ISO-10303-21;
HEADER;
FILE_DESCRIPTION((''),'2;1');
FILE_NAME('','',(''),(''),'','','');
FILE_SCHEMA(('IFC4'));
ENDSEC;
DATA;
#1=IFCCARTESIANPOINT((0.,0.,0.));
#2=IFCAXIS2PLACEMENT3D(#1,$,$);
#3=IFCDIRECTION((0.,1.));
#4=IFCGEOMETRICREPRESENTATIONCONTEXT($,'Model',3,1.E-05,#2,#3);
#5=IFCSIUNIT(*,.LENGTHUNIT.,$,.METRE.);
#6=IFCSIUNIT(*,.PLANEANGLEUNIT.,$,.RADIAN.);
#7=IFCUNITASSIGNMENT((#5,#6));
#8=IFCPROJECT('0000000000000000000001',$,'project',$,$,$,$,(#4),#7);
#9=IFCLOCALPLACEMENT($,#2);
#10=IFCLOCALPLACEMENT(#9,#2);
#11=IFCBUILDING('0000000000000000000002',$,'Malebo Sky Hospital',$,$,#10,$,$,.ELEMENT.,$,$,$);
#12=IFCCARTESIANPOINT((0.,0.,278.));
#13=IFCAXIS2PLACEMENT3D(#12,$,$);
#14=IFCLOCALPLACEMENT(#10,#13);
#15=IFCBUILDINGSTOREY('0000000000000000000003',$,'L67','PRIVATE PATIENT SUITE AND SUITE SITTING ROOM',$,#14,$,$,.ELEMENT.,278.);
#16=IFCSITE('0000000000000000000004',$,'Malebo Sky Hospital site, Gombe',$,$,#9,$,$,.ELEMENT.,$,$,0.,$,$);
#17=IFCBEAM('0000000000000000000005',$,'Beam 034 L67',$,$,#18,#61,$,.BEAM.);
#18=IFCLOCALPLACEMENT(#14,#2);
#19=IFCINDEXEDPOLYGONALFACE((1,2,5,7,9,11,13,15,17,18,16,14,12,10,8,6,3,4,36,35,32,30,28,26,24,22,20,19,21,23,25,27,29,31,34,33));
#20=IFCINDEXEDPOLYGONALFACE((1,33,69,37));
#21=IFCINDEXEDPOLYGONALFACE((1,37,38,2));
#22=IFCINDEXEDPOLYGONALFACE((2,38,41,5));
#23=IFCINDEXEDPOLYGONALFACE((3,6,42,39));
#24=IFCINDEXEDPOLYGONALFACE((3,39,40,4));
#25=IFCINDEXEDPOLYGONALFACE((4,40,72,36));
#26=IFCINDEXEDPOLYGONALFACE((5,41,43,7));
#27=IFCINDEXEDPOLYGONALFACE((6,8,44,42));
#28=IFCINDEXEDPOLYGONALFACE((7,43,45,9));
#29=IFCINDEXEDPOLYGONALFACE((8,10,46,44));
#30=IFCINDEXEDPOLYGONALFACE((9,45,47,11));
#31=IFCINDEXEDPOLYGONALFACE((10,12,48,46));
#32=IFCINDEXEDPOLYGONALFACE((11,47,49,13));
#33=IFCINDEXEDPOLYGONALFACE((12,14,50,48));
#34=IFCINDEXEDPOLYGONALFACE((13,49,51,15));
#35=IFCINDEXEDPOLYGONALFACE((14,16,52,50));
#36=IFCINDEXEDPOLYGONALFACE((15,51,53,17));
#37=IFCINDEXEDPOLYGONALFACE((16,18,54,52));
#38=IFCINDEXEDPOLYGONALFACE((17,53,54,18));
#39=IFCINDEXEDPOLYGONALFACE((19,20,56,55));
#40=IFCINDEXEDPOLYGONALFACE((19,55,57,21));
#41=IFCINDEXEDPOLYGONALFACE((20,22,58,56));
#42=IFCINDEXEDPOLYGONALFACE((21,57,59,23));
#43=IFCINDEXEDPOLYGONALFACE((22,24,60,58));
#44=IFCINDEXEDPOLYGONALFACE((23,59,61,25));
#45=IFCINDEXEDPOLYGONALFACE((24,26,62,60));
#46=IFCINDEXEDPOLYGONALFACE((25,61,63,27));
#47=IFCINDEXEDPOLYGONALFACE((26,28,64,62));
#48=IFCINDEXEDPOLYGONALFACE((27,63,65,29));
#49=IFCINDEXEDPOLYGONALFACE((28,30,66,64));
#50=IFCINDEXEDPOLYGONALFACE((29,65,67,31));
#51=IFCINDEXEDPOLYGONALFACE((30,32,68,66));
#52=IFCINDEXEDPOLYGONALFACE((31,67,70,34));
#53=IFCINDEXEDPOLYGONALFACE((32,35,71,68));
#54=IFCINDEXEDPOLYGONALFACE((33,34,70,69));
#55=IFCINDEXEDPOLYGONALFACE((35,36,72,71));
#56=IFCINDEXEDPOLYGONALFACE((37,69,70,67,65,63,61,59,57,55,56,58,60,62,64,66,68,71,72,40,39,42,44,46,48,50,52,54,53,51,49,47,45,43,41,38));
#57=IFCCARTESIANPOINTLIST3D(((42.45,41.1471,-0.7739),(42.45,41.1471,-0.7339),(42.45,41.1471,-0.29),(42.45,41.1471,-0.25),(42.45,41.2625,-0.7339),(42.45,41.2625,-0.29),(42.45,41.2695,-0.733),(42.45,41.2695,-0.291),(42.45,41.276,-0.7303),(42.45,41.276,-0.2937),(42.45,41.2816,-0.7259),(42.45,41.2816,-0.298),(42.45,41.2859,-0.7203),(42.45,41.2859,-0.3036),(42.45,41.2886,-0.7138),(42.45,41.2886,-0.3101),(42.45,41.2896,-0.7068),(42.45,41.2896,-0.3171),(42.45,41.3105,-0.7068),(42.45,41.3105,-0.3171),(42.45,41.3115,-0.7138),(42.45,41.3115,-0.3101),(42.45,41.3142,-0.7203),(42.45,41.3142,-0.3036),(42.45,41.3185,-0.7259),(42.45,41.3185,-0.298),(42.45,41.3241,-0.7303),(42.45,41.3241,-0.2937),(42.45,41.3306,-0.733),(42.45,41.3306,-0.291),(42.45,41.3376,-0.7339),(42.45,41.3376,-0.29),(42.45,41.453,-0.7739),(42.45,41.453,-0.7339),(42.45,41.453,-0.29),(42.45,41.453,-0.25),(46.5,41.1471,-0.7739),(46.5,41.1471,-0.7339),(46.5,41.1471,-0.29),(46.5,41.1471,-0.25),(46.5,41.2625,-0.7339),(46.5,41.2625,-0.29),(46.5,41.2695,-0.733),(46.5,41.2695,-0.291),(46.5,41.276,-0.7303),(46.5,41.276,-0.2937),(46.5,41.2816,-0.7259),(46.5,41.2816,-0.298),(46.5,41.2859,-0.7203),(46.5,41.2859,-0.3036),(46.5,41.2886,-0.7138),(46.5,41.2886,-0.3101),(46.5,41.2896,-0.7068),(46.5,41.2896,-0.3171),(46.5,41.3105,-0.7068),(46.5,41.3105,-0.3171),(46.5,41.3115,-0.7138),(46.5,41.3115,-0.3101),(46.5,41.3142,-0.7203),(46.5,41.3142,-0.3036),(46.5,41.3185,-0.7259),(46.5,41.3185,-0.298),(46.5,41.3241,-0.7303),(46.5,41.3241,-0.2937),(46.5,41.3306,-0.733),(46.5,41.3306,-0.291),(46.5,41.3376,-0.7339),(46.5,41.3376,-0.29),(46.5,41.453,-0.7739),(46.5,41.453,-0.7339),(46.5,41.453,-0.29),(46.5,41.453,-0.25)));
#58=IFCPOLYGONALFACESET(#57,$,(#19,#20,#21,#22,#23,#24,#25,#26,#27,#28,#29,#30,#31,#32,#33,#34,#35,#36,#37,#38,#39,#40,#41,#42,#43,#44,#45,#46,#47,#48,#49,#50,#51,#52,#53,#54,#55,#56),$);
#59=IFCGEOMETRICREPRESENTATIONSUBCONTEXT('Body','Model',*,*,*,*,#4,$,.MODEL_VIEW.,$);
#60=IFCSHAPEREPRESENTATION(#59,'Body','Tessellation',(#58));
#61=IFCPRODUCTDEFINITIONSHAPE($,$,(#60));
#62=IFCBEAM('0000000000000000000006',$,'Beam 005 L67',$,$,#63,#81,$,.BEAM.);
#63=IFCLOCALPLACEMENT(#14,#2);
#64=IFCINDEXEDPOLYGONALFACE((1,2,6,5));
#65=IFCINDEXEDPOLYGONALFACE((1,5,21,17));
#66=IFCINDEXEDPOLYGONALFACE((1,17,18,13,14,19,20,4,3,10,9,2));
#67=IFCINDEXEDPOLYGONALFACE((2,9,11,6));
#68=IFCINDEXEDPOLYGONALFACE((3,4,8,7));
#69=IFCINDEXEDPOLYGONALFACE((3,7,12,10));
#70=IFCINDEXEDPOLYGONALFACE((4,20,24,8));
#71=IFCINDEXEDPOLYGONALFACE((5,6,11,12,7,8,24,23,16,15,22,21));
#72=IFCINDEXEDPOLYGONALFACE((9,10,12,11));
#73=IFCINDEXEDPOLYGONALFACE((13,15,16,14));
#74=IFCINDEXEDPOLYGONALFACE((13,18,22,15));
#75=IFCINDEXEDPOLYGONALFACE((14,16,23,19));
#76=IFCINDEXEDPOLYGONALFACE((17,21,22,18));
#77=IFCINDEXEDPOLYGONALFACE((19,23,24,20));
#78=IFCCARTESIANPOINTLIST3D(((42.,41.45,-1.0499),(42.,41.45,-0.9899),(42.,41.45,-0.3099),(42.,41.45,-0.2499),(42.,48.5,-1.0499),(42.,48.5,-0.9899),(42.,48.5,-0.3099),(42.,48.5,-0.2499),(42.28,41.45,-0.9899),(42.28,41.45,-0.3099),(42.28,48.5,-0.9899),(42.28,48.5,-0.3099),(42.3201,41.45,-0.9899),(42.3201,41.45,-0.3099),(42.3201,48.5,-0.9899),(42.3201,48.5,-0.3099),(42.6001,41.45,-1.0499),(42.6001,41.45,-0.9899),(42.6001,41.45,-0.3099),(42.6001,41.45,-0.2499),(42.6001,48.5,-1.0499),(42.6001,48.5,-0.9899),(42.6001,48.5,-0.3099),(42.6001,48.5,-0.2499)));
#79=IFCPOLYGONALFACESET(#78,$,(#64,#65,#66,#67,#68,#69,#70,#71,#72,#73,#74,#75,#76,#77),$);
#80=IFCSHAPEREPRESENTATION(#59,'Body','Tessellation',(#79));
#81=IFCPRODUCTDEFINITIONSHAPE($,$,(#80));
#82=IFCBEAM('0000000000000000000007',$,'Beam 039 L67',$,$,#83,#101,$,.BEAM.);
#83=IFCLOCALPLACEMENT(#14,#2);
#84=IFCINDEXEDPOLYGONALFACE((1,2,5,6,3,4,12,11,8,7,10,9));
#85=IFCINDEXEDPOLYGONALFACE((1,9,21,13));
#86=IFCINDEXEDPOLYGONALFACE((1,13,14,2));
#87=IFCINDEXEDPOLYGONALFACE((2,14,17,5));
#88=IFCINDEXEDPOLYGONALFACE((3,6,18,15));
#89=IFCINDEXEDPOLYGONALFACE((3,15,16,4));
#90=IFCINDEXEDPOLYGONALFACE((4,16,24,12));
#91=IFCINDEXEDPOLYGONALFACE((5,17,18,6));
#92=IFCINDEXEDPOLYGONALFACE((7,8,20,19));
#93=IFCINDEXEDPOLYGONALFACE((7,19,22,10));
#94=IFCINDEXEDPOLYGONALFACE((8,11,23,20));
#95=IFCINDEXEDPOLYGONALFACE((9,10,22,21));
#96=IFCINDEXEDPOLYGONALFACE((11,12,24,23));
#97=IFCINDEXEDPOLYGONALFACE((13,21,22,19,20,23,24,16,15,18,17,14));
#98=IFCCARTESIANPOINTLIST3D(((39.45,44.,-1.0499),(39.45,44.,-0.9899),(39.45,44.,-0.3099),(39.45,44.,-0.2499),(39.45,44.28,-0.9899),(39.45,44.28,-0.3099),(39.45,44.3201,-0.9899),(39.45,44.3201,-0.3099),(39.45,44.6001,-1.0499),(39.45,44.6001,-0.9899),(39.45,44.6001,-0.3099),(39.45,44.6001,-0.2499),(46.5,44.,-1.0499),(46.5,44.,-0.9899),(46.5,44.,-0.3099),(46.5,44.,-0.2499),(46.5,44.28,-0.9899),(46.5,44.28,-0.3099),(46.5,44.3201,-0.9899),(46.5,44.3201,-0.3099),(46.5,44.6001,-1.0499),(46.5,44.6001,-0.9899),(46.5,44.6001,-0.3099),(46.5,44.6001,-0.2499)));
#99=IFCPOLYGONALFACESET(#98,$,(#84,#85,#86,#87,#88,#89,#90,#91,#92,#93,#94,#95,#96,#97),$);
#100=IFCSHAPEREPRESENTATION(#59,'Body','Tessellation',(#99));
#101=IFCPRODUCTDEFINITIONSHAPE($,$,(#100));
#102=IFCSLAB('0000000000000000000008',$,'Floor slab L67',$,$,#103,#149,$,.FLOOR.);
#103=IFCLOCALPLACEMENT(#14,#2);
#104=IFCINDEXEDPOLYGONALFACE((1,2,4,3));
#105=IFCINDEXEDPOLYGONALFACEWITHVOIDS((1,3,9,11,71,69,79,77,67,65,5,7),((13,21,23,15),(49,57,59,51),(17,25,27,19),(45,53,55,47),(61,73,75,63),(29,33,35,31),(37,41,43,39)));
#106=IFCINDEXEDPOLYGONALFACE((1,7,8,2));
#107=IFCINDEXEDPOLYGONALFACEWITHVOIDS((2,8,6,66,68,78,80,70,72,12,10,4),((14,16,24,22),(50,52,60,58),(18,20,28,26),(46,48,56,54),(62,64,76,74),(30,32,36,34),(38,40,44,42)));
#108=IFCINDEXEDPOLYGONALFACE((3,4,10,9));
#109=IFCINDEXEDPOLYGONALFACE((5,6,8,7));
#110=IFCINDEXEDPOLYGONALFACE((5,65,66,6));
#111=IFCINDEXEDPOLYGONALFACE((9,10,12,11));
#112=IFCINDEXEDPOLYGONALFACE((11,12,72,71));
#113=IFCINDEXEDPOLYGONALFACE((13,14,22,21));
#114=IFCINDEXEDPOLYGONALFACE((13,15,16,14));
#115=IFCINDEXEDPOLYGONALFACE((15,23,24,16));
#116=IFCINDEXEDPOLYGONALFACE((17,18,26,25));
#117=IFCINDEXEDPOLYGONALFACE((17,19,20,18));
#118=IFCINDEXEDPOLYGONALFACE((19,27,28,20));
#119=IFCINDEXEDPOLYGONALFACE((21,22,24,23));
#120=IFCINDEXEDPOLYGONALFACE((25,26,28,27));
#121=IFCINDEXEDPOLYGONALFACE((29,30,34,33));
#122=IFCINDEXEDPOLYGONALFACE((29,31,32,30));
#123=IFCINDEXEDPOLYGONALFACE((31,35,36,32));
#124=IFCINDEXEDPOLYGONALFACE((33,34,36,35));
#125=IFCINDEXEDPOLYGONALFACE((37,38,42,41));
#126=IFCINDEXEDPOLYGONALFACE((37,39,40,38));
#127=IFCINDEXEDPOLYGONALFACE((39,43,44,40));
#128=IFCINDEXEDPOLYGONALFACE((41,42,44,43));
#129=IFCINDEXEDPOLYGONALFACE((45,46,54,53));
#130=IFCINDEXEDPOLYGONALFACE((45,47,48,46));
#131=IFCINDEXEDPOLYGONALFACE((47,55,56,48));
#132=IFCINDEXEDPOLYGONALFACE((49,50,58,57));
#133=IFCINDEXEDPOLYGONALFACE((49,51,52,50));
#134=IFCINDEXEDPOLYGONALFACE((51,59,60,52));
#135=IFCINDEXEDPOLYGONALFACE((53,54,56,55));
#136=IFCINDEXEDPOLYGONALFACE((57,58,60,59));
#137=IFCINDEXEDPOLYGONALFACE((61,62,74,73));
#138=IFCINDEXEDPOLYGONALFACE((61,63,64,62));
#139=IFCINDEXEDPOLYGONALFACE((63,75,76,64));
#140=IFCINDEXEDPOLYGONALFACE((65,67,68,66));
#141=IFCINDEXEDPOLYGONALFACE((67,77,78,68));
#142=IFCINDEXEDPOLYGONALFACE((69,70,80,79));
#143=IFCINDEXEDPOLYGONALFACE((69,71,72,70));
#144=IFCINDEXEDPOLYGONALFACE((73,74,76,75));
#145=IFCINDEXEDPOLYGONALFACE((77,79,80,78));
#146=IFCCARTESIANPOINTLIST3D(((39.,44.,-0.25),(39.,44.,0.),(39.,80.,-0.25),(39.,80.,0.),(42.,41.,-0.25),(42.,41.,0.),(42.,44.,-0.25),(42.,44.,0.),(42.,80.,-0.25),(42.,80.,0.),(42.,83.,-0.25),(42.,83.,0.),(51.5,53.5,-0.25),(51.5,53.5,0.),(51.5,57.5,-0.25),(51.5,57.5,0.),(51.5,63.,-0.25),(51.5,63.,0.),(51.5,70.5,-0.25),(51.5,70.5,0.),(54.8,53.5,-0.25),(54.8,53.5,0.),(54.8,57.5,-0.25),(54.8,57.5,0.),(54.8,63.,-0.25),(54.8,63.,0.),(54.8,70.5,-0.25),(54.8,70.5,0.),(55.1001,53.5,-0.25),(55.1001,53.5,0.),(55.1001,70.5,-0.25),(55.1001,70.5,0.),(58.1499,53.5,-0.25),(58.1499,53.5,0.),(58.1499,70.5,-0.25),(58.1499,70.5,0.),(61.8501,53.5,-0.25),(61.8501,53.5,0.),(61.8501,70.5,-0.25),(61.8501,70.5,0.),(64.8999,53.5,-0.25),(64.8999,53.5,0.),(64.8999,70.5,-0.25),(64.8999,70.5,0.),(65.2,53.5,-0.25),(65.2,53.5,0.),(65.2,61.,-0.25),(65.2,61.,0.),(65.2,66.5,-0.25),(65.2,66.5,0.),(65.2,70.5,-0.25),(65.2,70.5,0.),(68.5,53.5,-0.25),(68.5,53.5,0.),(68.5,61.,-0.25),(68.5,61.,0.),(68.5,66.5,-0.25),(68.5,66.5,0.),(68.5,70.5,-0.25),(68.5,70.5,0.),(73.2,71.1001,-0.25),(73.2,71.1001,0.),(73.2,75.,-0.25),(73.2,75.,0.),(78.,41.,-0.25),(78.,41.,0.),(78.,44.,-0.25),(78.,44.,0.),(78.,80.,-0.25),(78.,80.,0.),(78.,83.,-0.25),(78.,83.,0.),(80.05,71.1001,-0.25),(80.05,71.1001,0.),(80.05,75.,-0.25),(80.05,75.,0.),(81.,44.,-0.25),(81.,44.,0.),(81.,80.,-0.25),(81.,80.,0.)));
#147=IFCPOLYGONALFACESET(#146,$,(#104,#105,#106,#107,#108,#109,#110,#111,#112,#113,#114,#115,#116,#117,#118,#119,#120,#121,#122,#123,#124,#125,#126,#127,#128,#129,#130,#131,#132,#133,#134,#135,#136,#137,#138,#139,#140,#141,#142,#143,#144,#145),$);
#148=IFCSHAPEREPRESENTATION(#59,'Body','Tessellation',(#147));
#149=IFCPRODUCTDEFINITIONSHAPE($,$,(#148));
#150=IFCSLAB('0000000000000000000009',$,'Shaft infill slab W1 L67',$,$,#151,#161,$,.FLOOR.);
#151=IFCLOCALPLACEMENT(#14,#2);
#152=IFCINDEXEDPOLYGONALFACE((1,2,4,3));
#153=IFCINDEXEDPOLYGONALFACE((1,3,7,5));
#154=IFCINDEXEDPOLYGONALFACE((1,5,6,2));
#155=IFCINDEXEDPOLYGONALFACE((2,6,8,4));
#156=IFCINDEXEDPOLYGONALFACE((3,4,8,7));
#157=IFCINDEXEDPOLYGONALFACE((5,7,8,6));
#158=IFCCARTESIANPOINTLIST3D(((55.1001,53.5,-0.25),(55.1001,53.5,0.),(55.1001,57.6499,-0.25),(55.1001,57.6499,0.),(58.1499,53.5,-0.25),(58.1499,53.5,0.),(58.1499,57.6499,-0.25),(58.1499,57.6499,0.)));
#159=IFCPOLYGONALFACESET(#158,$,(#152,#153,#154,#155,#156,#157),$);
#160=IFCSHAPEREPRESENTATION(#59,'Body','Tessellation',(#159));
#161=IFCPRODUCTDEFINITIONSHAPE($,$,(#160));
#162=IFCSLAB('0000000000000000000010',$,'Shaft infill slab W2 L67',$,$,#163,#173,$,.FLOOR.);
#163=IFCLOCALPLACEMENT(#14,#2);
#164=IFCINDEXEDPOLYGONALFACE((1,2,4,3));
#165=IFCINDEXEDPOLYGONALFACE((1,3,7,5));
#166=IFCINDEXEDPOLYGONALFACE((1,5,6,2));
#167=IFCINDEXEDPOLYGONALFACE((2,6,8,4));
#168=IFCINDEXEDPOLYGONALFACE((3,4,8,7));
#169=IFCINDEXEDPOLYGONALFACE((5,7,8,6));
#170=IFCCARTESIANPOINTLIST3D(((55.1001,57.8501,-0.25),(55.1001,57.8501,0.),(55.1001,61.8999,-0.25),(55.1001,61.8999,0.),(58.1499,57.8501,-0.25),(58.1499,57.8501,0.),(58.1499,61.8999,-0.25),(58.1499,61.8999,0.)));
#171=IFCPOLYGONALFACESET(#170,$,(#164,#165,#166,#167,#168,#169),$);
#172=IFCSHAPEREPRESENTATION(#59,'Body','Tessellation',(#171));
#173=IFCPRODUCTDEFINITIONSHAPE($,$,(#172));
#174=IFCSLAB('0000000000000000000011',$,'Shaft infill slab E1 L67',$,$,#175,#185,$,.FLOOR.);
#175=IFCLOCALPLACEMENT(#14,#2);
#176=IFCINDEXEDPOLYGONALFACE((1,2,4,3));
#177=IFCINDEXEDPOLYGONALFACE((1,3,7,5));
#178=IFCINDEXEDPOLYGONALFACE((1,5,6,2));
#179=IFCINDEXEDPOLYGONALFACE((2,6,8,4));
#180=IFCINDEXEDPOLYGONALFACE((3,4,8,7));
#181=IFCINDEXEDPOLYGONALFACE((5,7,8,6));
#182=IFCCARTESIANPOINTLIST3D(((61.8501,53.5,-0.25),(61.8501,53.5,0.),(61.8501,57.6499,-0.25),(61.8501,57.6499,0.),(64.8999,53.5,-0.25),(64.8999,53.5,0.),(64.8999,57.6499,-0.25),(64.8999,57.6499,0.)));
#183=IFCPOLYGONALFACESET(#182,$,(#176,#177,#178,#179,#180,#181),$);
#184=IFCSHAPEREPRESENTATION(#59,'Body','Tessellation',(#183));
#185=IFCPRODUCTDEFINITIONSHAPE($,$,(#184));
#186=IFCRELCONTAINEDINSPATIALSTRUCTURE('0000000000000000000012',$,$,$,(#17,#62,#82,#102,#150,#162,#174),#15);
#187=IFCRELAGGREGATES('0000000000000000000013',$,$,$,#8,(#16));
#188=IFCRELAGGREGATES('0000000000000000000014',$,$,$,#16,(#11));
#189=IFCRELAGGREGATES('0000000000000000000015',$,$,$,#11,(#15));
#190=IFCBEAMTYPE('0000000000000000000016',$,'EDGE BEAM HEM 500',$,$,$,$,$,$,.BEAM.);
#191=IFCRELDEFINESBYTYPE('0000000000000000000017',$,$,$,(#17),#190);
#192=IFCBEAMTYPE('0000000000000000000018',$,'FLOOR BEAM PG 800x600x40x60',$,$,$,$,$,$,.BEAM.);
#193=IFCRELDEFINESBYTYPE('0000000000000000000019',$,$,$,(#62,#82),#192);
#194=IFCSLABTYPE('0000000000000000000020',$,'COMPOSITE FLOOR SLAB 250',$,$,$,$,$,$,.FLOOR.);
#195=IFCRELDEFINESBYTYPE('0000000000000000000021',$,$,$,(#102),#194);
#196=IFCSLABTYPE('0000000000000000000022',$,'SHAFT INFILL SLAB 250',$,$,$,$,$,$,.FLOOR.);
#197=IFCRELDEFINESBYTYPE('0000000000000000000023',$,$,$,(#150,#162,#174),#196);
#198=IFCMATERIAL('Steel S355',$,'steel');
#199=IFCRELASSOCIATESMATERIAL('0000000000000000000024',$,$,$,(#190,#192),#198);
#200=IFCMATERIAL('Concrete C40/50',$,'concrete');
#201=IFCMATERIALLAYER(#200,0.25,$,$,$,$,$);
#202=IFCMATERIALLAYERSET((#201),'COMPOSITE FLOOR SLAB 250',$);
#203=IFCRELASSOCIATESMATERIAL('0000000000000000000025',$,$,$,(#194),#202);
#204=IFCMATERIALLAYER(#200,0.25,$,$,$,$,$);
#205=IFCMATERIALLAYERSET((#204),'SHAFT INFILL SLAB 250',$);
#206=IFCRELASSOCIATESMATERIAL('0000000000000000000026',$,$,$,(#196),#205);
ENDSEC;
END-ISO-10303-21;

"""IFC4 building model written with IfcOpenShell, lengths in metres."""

from ifc_helpers import new_model, si_unit, direction, frame, origin, origin_2d, place, context, subcontext, project, spatial, polyline, i_section, outline, extrude, material, layer, layer_set, material_profile, profile_set, type_object, element, save


model = new_model("IFC4")

# Units and contexts
model_context = context("Model", 3, precision=1e-05, world=origin(), true_north=direction((0.0, 1.0)))
body_context = subcontext(model_context, "Body", "Model", "MODEL_VIEW")
ifc_project = project(units=[si_unit("LENGTHUNIT", "METRE"), si_unit("PLANEANGLEUNIT", "RADIAN")], contexts=[model_context])

# Site, building, storey
site_placement = place(None, origin())
site = spatial("IfcSite", under=ifc_project, at=site_placement, Name="Malebo Sky Hospital site, Gombe", CompositionType="ELEMENT", RefElevation=0.0)
building_placement = place(site_placement, origin())
building = spatial("IfcBuilding", under=site, at=building_placement, Name="Malebo Sky Hospital", CompositionType="ELEMENT")
storey_placement = place(building_placement, frame((0.0, 0.0, 278.0)))
storey = spatial("IfcBuildingStorey", under=building, at=storey_placement, Name="L67", Description="PRIVATE PATIENT SUITE AND SUITE SITTING ROOM", CompositionType="ELEMENT", Elevation=278.0)

# Beams
ifc_material_1 = material(Name="Steel S355", Category="steel")
ifc_material_profile_1 = material_profile(ifc_material_1, i_section(OverallWidth=0.3059, OverallDepth=0.5239, WebThickness=0.021, FlangeThickness=0.04, FilletRadius=0.0271, at=origin_2d()), Name="HEM 500")
ifc_profile_set_1 = profile_set([ifc_material_profile_1], Name="Steel S355")
beam_type_1 = type_object("IfcBeamType", Name="EDGE BEAM HEM 500", PredefinedType="BEAM", material=ifc_profile_set_1)
for number, where, z_axis, x_axis, name in (
    (1, (42.45, 41.3, -0.512), (1.0, 0.0, 0.0), (0.0, 1.0, 0.0), "Beam 034 L67"),
):
    element("IfcBeam", number, at=place(storey_placement, frame(where, z_axis=z_axis, x_axis=x_axis)), inside=storey, type_object=beam_type_1, Name=name, PredefinedType="BEAM", context=body_context, shape_type="SweptSolid", body=[
        extrude(i_section(OverallWidth=0.3059, OverallDepth=0.5239, WebThickness=0.021, FlangeThickness=0.04, FilletRadius=0.0271, at=origin_2d()), origin(), (0.0, 0.0, 1.0), 4.05),
    ])
ifc_material_profile_2 = material_profile(ifc_material_1, i_section(OverallWidth=0.6001, OverallDepth=0.8, WebThickness=0.04, FlangeThickness=0.0601, at=origin_2d()), Name="PG 800x600x40x60")
ifc_profile_set_2 = profile_set([ifc_material_profile_2], Name="Steel S355")
beam_type_2 = type_object("IfcBeamType", Name="FLOOR BEAM PG 800x600x40x60", PredefinedType="BEAM", material=ifc_profile_set_2)
for number, where, z_axis, x_axis, name in (
    (2, (42.3, 41.45, -0.6499), (0.0, 1.0, 0.0), (-1.0, 0.0, 0.0), "Beam 005 L67"),
    (3, (39.45, 44.3, -0.6499), (1.0, 0.0, 0.0), (0.0, 1.0, 0.0), "Beam 039 L67"),
):
    element("IfcBeam", number, at=place(storey_placement, frame(where, z_axis=z_axis, x_axis=x_axis)), inside=storey, type_object=beam_type_2, Name=name, PredefinedType="BEAM", context=body_context, shape_type="SweptSolid", body=[
        extrude(i_section(OverallWidth=0.6001, OverallDepth=0.8, WebThickness=0.04, FlangeThickness=0.0601, at=origin_2d()), origin(), (0.0, 0.0, 1.0), 7.05),
    ])

# Slabs
ifc_material_2 = material(Name="Concrete C40/50", Category="concrete")
ifc_layer_1 = layer(ifc_material_2, 0.25)
ifc_layer_set_1 = layer_set([ifc_layer_1], Name="COMPOSITE FLOOR SLAB 250")
slab_type_1 = type_object("IfcSlabType", Name="COMPOSITE FLOOR SLAB 250", PredefinedType="FLOOR", material=ifc_layer_set_1)
slab_1_placement = place(storey_placement, frame((0.0, 0.0, -0.25)))
element("IfcSlab", 4, at=slab_1_placement, inside=storey, type_object=slab_type_1, Name="Floor slab L67", PredefinedType="FLOOR", context=body_context, shape_type="SweptSolid", body=[
    extrude(outline(polyline([(42.0, 83.0), (42.0, 80.0), (39.0, 80.0), (39.0, 44.0), (42.0, 44.0), (42.0, 41.0), (78.0, 41.0), (78.0, 44.0), (81.0, 44.0), (81.0, 80.0), (78.0, 80.0), (78.0, 83.0), (42.0, 83.0)]), holes=[polyline([(55.1001, 70.5), (58.1499, 70.5), (58.1499, 53.5), (55.1001, 53.5), (55.1001, 70.5)]), polyline([(64.8999, 70.5), (64.8999, 53.5), (61.8501, 53.5), (61.8501, 70.5), (64.8999, 70.5)]), polyline([(54.8, 63.0), (51.5, 63.0), (51.5, 70.5), (54.8, 70.5), (54.8, 63.0)]), polyline([(51.5, 53.5), (51.5, 57.5), (54.8, 57.5), (54.8, 53.5), (51.5, 53.5)]), polyline([(65.2, 61.0), (68.5, 61.0), (68.5, 53.5), (65.2, 53.5), (65.2, 61.0)]), polyline([(68.5, 70.5), (68.5, 66.5), (65.2, 66.5), (65.2, 70.5), (68.5, 70.5)]), polyline([(80.05, 71.1001), (73.2, 71.1001), (73.2, 75.0), (80.05, 75.0), (80.05, 71.1001)])]), origin(), (0.0, 0.0, 1.0), 0.25),
])
ifc_layer_2 = layer(ifc_material_2, 0.25)
ifc_layer_set_2 = layer_set([ifc_layer_2], Name="SHAFT INFILL SLAB 250")
slab_type_2 = type_object("IfcSlabType", Name="SHAFT INFILL SLAB 250", PredefinedType="FLOOR", material=ifc_layer_set_2)
slab_2_placement = place(storey_placement, frame((0.0, 0.0, -0.25)))
element("IfcSlab", 5, at=slab_2_placement, inside=storey, type_object=slab_type_2, Name="Shaft infill slab W1 L67", PredefinedType="FLOOR", context=body_context, shape_type="SweptSolid", body=[
    extrude(outline(polyline([(55.1001, 53.5), (58.1499, 53.5), (58.1499, 57.6499), (55.1001, 57.6499), (55.1001, 53.5)])), origin(), (0.0, 0.0, 1.0), 0.25),
])
slab_3_placement = place(storey_placement, frame((0.0, 0.0, -0.25)))
element("IfcSlab", 6, at=slab_3_placement, inside=storey, type_object=slab_type_2, Name="Shaft infill slab W2 L67", PredefinedType="FLOOR", context=body_context, shape_type="SweptSolid", body=[
    extrude(outline(polyline([(55.1001, 57.8501), (58.1499, 57.8501), (58.1499, 61.8999), (55.1001, 61.8999), (55.1001, 57.8501)])), origin(), (0.0, 0.0, 1.0), 0.25),
])
slab_4_placement = place(storey_placement, frame((0.0, 0.0, -0.25)))
element("IfcSlab", 7, at=slab_4_placement, inside=storey, type_object=slab_type_2, Name="Shaft infill slab E1 L67", PredefinedType="FLOOR", context=body_context, shape_type="SweptSolid", body=[
    extrude(outline(polyline([(61.8501, 53.5), (64.8999, 53.5), (64.8999, 57.6499), (61.8501, 57.6499), (61.8501, 53.5)])), origin(), (0.0, 0.0, 1.0), 0.25),
])

save(model, "model.ifc")
